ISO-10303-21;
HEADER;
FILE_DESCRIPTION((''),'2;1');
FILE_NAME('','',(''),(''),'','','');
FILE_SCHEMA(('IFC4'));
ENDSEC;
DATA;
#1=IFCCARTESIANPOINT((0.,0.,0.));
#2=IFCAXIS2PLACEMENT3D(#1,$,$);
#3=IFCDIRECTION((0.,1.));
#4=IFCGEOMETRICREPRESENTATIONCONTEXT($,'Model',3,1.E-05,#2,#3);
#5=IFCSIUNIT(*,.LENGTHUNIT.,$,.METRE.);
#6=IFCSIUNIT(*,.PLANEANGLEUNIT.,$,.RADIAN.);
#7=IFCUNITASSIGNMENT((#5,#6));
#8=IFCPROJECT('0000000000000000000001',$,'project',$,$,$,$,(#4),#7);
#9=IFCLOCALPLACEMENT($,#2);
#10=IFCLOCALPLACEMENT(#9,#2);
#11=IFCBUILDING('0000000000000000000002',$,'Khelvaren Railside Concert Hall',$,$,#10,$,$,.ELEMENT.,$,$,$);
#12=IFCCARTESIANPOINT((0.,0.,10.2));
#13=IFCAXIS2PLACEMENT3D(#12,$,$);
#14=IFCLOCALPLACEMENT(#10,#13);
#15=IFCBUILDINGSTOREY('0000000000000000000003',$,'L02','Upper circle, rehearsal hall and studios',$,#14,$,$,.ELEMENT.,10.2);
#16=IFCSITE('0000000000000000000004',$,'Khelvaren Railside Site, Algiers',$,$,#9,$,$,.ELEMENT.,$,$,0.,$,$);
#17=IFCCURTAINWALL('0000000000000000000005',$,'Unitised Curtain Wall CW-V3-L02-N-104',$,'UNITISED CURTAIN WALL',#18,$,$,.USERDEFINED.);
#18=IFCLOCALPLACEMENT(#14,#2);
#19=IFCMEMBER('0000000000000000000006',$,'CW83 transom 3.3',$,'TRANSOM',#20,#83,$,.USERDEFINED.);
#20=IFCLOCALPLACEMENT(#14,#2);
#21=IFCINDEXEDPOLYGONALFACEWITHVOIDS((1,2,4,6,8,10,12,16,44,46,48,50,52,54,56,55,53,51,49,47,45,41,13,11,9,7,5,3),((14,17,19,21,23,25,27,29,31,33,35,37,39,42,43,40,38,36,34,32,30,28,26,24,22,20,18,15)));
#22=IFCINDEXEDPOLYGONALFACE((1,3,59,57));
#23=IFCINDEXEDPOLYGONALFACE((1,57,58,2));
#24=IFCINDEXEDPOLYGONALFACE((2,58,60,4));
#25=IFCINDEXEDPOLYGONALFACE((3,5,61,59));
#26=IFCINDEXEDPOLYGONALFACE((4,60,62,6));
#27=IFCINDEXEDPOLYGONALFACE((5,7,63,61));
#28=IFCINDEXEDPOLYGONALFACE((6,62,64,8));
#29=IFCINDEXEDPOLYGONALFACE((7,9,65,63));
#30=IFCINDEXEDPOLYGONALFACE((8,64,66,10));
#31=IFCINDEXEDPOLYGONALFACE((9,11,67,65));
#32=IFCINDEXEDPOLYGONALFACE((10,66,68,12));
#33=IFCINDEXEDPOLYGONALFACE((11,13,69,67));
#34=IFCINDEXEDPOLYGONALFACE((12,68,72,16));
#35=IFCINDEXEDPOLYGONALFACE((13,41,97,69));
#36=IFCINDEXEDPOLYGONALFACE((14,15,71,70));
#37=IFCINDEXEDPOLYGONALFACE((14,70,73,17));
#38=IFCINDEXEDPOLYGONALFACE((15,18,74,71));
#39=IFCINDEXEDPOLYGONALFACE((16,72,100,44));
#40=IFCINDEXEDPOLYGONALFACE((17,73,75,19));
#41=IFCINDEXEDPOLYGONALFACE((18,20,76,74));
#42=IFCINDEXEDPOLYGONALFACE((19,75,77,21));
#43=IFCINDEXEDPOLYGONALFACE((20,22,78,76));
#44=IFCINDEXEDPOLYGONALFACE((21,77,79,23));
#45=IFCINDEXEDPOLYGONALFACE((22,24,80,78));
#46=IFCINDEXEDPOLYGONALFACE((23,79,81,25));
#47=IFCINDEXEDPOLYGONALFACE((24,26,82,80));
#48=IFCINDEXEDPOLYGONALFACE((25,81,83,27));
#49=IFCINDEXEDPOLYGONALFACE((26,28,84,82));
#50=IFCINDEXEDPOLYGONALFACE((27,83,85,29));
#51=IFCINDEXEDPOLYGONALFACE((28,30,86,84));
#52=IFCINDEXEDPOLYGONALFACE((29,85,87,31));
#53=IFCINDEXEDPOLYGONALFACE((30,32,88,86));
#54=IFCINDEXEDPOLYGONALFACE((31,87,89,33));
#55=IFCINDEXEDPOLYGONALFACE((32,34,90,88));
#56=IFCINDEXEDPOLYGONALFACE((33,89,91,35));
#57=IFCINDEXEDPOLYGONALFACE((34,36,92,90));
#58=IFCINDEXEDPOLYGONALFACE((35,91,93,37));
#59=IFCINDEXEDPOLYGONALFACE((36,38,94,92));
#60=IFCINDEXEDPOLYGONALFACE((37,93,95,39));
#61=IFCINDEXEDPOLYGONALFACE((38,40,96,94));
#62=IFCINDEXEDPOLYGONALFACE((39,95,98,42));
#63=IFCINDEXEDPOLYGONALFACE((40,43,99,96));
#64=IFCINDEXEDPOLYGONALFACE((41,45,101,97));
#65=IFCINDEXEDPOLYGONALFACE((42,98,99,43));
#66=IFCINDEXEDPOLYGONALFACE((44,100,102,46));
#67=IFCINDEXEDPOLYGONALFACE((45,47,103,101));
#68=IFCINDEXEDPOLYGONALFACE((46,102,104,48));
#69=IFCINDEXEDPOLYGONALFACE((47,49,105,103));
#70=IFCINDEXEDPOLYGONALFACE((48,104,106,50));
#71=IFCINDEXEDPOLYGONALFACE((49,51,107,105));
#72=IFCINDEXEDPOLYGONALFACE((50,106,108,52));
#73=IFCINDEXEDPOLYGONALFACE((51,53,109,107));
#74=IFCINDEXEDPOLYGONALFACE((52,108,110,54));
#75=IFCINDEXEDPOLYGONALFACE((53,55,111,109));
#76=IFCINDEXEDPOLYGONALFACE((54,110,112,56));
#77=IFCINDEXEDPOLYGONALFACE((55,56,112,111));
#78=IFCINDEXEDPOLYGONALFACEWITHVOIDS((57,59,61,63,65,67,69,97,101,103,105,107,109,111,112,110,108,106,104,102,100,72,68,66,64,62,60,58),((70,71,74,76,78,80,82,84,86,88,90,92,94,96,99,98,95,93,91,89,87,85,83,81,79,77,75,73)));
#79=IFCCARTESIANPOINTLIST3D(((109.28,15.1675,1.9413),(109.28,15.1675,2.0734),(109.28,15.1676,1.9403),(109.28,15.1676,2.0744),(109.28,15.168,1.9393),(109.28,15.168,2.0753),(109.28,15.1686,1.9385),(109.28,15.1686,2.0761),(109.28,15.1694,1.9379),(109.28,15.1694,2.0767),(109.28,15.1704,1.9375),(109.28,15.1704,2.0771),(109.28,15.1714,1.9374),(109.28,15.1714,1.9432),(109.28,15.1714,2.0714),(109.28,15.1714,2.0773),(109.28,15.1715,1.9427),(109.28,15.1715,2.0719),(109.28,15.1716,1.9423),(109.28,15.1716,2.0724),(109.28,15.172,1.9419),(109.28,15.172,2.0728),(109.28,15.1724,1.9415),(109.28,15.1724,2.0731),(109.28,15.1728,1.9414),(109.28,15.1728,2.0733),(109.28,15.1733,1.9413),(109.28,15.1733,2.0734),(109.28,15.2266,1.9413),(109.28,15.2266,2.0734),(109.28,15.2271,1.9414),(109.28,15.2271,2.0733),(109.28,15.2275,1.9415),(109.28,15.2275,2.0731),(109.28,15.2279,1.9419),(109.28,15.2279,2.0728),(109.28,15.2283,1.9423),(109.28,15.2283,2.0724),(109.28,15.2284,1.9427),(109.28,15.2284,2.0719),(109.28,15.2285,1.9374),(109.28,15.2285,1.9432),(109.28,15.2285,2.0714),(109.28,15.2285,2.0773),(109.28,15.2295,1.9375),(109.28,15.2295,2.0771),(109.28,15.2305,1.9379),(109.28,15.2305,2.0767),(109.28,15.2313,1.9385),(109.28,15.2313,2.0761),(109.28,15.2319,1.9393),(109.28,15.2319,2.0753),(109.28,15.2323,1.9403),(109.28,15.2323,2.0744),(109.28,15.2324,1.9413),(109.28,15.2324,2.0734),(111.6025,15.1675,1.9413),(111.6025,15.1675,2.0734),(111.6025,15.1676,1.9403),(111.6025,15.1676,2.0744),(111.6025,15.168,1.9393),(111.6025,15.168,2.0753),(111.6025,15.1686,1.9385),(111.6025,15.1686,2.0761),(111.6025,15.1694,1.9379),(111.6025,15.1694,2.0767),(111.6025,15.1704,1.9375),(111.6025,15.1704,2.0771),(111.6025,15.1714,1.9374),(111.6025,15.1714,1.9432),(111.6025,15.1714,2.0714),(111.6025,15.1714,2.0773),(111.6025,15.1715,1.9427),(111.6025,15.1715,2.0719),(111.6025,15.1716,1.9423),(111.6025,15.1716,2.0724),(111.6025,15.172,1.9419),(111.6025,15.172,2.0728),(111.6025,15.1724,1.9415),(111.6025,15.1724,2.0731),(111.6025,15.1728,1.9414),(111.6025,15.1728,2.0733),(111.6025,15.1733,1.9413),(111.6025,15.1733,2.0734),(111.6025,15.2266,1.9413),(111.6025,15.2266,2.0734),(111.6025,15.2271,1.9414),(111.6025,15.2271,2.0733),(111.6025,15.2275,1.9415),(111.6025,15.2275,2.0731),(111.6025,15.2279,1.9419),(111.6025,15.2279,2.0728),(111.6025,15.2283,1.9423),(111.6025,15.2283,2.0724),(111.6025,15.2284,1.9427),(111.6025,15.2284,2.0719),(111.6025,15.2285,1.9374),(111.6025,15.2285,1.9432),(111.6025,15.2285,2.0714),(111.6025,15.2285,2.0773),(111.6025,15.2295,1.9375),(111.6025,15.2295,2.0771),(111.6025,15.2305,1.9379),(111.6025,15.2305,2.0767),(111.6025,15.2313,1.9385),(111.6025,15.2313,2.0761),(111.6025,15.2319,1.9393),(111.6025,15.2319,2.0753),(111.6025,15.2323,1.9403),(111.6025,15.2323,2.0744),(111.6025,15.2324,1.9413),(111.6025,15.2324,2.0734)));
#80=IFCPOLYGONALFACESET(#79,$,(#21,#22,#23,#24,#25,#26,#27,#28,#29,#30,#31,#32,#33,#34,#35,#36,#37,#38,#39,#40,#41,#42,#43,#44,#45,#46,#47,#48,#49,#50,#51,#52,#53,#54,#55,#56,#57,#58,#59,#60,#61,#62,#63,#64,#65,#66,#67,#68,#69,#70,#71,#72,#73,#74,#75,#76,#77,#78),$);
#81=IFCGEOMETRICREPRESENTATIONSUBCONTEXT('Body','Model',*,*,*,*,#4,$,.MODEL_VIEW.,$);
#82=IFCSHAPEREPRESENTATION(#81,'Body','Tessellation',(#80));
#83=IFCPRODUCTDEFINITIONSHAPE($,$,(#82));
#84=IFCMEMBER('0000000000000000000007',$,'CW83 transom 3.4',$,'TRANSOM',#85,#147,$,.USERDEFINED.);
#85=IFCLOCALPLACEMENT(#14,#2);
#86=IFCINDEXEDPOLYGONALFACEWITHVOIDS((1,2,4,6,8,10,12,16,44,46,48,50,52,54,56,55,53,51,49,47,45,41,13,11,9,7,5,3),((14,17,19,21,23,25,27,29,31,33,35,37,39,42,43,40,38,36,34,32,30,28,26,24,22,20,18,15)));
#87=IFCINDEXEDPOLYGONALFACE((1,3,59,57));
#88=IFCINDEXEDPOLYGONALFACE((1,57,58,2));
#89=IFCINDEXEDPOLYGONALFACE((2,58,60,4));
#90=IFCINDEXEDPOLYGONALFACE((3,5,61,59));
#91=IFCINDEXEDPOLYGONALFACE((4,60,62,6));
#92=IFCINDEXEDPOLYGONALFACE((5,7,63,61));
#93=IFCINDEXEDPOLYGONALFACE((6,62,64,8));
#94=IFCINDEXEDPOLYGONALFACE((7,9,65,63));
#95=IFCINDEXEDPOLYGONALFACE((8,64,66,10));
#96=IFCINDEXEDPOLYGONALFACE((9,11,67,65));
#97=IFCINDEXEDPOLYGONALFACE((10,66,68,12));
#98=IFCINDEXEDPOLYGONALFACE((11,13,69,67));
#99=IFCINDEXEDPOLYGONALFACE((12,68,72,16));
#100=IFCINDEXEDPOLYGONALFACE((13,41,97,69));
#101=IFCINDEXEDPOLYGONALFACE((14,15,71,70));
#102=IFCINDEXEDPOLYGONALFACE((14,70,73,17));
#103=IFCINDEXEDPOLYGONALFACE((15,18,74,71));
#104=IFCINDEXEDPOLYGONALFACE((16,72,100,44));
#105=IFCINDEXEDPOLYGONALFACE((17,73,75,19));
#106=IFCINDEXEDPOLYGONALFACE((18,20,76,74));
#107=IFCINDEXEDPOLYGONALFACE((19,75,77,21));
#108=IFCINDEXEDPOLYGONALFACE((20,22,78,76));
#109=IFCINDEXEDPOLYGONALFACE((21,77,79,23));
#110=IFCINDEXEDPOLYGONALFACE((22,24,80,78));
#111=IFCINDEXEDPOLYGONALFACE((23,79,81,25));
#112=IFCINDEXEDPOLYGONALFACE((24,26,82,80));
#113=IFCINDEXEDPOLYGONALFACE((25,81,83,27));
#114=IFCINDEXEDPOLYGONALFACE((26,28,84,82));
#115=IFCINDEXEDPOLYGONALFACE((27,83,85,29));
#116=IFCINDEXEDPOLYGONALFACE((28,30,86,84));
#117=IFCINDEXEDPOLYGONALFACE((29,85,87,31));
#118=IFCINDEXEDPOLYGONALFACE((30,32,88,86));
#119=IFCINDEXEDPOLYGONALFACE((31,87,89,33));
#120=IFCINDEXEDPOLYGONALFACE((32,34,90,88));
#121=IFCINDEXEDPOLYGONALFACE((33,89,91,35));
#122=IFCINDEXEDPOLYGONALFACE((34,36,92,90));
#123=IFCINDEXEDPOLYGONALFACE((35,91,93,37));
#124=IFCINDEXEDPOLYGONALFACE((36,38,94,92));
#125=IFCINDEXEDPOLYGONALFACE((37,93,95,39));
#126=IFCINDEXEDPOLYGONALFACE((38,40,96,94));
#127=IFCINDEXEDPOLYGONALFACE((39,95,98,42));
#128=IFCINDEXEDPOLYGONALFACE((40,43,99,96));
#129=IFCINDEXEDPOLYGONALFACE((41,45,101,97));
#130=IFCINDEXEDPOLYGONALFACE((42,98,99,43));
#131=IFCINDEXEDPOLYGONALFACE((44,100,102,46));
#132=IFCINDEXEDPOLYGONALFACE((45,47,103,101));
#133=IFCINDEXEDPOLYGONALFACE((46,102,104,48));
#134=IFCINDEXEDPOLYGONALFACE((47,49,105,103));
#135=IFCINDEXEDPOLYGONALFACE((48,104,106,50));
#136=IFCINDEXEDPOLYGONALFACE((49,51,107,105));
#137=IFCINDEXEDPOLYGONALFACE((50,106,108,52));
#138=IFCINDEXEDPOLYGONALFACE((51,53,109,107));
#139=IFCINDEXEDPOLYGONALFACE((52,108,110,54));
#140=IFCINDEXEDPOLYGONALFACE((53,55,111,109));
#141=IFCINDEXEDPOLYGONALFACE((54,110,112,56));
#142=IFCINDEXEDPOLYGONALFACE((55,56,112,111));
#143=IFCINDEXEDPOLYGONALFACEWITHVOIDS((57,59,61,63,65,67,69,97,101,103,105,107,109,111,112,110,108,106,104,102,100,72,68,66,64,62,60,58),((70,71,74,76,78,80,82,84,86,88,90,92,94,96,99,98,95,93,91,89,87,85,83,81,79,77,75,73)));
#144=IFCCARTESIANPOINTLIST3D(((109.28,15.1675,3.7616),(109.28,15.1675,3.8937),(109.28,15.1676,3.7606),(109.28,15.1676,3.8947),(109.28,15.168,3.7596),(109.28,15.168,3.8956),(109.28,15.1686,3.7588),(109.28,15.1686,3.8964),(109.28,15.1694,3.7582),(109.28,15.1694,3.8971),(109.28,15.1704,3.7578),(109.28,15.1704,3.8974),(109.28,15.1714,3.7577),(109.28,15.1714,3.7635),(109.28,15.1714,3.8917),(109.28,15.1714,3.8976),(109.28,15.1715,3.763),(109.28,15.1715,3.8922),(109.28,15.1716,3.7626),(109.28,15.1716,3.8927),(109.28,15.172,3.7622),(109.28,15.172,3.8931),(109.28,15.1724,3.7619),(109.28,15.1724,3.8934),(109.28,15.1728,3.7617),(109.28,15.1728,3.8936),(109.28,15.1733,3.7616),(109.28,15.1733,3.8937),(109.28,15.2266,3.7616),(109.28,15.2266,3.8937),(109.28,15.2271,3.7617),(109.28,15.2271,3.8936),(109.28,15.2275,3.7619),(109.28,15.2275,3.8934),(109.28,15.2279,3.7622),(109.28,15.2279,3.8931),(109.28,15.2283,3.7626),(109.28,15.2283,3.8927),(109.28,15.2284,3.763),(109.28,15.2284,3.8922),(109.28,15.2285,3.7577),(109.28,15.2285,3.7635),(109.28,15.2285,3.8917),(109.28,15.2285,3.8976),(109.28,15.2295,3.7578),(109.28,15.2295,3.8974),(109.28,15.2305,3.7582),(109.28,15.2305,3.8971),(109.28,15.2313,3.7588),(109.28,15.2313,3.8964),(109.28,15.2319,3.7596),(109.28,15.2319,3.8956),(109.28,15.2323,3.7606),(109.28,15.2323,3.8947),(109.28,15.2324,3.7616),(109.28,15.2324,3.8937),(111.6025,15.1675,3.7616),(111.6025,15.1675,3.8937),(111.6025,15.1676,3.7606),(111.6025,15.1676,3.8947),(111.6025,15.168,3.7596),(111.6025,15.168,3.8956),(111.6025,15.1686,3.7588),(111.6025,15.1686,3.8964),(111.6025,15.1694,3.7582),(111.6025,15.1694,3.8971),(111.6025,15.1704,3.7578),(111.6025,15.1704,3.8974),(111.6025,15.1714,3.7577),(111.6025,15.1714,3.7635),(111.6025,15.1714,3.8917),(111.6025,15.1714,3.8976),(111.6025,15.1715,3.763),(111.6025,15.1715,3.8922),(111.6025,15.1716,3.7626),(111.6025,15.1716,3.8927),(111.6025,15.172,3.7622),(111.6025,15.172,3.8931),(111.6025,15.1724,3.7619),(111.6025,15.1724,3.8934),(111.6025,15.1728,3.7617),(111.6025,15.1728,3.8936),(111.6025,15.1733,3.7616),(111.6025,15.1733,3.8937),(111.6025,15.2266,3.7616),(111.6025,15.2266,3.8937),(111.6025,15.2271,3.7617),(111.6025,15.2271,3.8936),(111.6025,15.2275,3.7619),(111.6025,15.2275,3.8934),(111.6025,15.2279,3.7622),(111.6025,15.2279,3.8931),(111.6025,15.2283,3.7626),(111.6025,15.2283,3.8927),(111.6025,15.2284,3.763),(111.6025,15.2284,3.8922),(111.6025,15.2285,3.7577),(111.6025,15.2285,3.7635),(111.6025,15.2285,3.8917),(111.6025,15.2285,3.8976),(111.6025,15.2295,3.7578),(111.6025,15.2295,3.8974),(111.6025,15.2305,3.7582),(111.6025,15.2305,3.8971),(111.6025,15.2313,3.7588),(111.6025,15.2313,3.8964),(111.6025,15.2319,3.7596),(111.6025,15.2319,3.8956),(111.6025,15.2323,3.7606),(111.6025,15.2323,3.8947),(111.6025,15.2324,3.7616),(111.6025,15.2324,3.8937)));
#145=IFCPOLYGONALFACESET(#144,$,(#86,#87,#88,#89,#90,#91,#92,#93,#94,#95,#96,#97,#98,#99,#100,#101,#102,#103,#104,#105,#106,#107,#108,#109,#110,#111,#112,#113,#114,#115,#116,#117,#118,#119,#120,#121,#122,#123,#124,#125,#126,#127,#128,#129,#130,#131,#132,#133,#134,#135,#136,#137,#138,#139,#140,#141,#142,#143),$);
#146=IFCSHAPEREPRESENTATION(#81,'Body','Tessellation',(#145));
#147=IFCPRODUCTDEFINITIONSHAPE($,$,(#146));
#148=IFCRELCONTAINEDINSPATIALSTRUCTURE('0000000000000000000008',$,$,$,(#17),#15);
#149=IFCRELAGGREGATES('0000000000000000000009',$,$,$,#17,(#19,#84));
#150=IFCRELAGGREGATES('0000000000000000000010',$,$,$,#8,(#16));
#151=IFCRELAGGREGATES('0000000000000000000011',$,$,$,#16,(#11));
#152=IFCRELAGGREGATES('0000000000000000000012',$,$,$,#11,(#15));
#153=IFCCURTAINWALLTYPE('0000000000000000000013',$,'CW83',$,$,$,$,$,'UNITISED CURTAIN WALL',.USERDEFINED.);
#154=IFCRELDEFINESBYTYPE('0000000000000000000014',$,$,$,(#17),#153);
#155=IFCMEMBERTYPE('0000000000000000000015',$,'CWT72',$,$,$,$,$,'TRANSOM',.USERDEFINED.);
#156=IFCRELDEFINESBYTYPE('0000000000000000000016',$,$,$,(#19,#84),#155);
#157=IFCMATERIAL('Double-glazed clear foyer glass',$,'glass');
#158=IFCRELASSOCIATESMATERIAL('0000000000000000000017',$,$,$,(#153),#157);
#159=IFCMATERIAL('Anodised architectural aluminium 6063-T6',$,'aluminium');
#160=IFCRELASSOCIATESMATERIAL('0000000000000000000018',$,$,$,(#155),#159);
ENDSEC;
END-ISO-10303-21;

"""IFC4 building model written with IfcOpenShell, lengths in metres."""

from ifc_helpers import new_model, si_unit, direction, frame, origin, origin_2d, place, context, subcontext, project, spatial, hollow_rectangle, extrude, material, material_profile, profile_set, type_object, element, aggregate, save


model = new_model("IFC4")

# Units and contexts
model_context = context("Model", 3, precision=1e-05, world=origin(), true_north=direction((0.0, 1.0)))
body_context = subcontext(model_context, "Body", "Model", "MODEL_VIEW")
ifc_project = project(units=[si_unit("LENGTHUNIT", "METRE"), si_unit("PLANEANGLEUNIT", "RADIAN")], contexts=[model_context])

# Site, building, storey
site_placement = place(None, origin())
site = spatial("IfcSite", under=ifc_project, at=site_placement, Name="Khelvaren Railside Site, Algiers", CompositionType="ELEMENT", RefElevation=0.0)
building_placement = place(site_placement, origin())
building = spatial("IfcBuilding", under=site, at=building_placement, Name="Khelvaren Railside Concert Hall", CompositionType="ELEMENT")
storey_placement = place(building_placement, frame((0.0, 0.0, 10.2)))
storey = spatial("IfcBuildingStorey", under=building, at=storey_placement, Name="L02", Description="Upper circle, rehearsal hall and studios", CompositionType="ELEMENT", Elevation=10.2)

# Curtain wall
ifc_material_1 = material(Name="Double-glazed clear foyer glass", Category="glass")
curtain_wall_type_1 = type_object("IfcCurtainWallType", Name="CW83", ElementType="UNITISED CURTAIN WALL", PredefinedType="USERDEFINED", material=ifc_material_1)
curtain_wall_1_placement = place(storey_placement, origin())
curtain_wall_1 = element("IfcCurtainWall", 1, at=curtain_wall_1_placement, inside=storey, type_object=curtain_wall_type_1, Name="Unitised Curtain Wall CW-V3-L02-N-104", ObjectType="UNITISED CURTAIN WALL", PredefinedType="USERDEFINED")
ifc_material_2 = material(Name="Anodised architectural aluminium 6063-T6", Category="aluminium")

# Members
ifc_material_profile_1 = material_profile(ifc_material_2, hollow_rectangle(XDim=0.0649, YDim=0.1399, WallThickness=0.0039, InnerFilletRadius=0.002, OuterFilletRadius=0.0039, at=origin_2d()), Name="CWT 65x140x4")
ifc_profile_set_1 = profile_set([ifc_material_profile_1], Name="Anodised architectural aluminium 6063-T6")
member_type_1 = type_object("IfcMemberType", Name="CWT72", ElementType="TRANSOM", PredefinedType="USERDEFINED", material=ifc_profile_set_1)
member_1_placement = place(storey_placement, frame((109.28, 15.2, 2.0073), z_axis=(1.0, 0.0, 0.0), x_axis=(0.0, 1.0, 0.0)))
member_1 = element("IfcMember", 2, at=member_1_placement, type_object=member_type_1, Name="CW83 transom 3.3", ObjectType="TRANSOM", PredefinedType="USERDEFINED", context=body_context, shape_type="SweptSolid", body=[
    extrude(hollow_rectangle(XDim=0.0649, YDim=0.1399, WallThickness=0.0039, InnerFilletRadius=0.002, OuterFilletRadius=0.0039, at=origin_2d()), origin(), (0.0, 0.0, 1.0), 2.3225),
])
member_2_placement = place(storey_placement, frame((109.28, 15.2, 3.8276), z_axis=(1.0, 0.0, 0.0), x_axis=(0.0, 1.0, 0.0)))
member_2 = element("IfcMember", 3, at=member_2_placement, type_object=member_type_1, Name="CW83 transom 3.4", ObjectType="TRANSOM", PredefinedType="USERDEFINED", context=body_context, shape_type="SweptSolid", body=[
    extrude(hollow_rectangle(XDim=0.0649, YDim=0.1399, WallThickness=0.0039, InnerFilletRadius=0.002, OuterFilletRadius=0.0039, at=origin_2d()), origin(), (0.0, 0.0, 1.0), 2.3225),
])

aggregate(curtain_wall_1, [member_1, member_2])

save(model, "model.ifc")
